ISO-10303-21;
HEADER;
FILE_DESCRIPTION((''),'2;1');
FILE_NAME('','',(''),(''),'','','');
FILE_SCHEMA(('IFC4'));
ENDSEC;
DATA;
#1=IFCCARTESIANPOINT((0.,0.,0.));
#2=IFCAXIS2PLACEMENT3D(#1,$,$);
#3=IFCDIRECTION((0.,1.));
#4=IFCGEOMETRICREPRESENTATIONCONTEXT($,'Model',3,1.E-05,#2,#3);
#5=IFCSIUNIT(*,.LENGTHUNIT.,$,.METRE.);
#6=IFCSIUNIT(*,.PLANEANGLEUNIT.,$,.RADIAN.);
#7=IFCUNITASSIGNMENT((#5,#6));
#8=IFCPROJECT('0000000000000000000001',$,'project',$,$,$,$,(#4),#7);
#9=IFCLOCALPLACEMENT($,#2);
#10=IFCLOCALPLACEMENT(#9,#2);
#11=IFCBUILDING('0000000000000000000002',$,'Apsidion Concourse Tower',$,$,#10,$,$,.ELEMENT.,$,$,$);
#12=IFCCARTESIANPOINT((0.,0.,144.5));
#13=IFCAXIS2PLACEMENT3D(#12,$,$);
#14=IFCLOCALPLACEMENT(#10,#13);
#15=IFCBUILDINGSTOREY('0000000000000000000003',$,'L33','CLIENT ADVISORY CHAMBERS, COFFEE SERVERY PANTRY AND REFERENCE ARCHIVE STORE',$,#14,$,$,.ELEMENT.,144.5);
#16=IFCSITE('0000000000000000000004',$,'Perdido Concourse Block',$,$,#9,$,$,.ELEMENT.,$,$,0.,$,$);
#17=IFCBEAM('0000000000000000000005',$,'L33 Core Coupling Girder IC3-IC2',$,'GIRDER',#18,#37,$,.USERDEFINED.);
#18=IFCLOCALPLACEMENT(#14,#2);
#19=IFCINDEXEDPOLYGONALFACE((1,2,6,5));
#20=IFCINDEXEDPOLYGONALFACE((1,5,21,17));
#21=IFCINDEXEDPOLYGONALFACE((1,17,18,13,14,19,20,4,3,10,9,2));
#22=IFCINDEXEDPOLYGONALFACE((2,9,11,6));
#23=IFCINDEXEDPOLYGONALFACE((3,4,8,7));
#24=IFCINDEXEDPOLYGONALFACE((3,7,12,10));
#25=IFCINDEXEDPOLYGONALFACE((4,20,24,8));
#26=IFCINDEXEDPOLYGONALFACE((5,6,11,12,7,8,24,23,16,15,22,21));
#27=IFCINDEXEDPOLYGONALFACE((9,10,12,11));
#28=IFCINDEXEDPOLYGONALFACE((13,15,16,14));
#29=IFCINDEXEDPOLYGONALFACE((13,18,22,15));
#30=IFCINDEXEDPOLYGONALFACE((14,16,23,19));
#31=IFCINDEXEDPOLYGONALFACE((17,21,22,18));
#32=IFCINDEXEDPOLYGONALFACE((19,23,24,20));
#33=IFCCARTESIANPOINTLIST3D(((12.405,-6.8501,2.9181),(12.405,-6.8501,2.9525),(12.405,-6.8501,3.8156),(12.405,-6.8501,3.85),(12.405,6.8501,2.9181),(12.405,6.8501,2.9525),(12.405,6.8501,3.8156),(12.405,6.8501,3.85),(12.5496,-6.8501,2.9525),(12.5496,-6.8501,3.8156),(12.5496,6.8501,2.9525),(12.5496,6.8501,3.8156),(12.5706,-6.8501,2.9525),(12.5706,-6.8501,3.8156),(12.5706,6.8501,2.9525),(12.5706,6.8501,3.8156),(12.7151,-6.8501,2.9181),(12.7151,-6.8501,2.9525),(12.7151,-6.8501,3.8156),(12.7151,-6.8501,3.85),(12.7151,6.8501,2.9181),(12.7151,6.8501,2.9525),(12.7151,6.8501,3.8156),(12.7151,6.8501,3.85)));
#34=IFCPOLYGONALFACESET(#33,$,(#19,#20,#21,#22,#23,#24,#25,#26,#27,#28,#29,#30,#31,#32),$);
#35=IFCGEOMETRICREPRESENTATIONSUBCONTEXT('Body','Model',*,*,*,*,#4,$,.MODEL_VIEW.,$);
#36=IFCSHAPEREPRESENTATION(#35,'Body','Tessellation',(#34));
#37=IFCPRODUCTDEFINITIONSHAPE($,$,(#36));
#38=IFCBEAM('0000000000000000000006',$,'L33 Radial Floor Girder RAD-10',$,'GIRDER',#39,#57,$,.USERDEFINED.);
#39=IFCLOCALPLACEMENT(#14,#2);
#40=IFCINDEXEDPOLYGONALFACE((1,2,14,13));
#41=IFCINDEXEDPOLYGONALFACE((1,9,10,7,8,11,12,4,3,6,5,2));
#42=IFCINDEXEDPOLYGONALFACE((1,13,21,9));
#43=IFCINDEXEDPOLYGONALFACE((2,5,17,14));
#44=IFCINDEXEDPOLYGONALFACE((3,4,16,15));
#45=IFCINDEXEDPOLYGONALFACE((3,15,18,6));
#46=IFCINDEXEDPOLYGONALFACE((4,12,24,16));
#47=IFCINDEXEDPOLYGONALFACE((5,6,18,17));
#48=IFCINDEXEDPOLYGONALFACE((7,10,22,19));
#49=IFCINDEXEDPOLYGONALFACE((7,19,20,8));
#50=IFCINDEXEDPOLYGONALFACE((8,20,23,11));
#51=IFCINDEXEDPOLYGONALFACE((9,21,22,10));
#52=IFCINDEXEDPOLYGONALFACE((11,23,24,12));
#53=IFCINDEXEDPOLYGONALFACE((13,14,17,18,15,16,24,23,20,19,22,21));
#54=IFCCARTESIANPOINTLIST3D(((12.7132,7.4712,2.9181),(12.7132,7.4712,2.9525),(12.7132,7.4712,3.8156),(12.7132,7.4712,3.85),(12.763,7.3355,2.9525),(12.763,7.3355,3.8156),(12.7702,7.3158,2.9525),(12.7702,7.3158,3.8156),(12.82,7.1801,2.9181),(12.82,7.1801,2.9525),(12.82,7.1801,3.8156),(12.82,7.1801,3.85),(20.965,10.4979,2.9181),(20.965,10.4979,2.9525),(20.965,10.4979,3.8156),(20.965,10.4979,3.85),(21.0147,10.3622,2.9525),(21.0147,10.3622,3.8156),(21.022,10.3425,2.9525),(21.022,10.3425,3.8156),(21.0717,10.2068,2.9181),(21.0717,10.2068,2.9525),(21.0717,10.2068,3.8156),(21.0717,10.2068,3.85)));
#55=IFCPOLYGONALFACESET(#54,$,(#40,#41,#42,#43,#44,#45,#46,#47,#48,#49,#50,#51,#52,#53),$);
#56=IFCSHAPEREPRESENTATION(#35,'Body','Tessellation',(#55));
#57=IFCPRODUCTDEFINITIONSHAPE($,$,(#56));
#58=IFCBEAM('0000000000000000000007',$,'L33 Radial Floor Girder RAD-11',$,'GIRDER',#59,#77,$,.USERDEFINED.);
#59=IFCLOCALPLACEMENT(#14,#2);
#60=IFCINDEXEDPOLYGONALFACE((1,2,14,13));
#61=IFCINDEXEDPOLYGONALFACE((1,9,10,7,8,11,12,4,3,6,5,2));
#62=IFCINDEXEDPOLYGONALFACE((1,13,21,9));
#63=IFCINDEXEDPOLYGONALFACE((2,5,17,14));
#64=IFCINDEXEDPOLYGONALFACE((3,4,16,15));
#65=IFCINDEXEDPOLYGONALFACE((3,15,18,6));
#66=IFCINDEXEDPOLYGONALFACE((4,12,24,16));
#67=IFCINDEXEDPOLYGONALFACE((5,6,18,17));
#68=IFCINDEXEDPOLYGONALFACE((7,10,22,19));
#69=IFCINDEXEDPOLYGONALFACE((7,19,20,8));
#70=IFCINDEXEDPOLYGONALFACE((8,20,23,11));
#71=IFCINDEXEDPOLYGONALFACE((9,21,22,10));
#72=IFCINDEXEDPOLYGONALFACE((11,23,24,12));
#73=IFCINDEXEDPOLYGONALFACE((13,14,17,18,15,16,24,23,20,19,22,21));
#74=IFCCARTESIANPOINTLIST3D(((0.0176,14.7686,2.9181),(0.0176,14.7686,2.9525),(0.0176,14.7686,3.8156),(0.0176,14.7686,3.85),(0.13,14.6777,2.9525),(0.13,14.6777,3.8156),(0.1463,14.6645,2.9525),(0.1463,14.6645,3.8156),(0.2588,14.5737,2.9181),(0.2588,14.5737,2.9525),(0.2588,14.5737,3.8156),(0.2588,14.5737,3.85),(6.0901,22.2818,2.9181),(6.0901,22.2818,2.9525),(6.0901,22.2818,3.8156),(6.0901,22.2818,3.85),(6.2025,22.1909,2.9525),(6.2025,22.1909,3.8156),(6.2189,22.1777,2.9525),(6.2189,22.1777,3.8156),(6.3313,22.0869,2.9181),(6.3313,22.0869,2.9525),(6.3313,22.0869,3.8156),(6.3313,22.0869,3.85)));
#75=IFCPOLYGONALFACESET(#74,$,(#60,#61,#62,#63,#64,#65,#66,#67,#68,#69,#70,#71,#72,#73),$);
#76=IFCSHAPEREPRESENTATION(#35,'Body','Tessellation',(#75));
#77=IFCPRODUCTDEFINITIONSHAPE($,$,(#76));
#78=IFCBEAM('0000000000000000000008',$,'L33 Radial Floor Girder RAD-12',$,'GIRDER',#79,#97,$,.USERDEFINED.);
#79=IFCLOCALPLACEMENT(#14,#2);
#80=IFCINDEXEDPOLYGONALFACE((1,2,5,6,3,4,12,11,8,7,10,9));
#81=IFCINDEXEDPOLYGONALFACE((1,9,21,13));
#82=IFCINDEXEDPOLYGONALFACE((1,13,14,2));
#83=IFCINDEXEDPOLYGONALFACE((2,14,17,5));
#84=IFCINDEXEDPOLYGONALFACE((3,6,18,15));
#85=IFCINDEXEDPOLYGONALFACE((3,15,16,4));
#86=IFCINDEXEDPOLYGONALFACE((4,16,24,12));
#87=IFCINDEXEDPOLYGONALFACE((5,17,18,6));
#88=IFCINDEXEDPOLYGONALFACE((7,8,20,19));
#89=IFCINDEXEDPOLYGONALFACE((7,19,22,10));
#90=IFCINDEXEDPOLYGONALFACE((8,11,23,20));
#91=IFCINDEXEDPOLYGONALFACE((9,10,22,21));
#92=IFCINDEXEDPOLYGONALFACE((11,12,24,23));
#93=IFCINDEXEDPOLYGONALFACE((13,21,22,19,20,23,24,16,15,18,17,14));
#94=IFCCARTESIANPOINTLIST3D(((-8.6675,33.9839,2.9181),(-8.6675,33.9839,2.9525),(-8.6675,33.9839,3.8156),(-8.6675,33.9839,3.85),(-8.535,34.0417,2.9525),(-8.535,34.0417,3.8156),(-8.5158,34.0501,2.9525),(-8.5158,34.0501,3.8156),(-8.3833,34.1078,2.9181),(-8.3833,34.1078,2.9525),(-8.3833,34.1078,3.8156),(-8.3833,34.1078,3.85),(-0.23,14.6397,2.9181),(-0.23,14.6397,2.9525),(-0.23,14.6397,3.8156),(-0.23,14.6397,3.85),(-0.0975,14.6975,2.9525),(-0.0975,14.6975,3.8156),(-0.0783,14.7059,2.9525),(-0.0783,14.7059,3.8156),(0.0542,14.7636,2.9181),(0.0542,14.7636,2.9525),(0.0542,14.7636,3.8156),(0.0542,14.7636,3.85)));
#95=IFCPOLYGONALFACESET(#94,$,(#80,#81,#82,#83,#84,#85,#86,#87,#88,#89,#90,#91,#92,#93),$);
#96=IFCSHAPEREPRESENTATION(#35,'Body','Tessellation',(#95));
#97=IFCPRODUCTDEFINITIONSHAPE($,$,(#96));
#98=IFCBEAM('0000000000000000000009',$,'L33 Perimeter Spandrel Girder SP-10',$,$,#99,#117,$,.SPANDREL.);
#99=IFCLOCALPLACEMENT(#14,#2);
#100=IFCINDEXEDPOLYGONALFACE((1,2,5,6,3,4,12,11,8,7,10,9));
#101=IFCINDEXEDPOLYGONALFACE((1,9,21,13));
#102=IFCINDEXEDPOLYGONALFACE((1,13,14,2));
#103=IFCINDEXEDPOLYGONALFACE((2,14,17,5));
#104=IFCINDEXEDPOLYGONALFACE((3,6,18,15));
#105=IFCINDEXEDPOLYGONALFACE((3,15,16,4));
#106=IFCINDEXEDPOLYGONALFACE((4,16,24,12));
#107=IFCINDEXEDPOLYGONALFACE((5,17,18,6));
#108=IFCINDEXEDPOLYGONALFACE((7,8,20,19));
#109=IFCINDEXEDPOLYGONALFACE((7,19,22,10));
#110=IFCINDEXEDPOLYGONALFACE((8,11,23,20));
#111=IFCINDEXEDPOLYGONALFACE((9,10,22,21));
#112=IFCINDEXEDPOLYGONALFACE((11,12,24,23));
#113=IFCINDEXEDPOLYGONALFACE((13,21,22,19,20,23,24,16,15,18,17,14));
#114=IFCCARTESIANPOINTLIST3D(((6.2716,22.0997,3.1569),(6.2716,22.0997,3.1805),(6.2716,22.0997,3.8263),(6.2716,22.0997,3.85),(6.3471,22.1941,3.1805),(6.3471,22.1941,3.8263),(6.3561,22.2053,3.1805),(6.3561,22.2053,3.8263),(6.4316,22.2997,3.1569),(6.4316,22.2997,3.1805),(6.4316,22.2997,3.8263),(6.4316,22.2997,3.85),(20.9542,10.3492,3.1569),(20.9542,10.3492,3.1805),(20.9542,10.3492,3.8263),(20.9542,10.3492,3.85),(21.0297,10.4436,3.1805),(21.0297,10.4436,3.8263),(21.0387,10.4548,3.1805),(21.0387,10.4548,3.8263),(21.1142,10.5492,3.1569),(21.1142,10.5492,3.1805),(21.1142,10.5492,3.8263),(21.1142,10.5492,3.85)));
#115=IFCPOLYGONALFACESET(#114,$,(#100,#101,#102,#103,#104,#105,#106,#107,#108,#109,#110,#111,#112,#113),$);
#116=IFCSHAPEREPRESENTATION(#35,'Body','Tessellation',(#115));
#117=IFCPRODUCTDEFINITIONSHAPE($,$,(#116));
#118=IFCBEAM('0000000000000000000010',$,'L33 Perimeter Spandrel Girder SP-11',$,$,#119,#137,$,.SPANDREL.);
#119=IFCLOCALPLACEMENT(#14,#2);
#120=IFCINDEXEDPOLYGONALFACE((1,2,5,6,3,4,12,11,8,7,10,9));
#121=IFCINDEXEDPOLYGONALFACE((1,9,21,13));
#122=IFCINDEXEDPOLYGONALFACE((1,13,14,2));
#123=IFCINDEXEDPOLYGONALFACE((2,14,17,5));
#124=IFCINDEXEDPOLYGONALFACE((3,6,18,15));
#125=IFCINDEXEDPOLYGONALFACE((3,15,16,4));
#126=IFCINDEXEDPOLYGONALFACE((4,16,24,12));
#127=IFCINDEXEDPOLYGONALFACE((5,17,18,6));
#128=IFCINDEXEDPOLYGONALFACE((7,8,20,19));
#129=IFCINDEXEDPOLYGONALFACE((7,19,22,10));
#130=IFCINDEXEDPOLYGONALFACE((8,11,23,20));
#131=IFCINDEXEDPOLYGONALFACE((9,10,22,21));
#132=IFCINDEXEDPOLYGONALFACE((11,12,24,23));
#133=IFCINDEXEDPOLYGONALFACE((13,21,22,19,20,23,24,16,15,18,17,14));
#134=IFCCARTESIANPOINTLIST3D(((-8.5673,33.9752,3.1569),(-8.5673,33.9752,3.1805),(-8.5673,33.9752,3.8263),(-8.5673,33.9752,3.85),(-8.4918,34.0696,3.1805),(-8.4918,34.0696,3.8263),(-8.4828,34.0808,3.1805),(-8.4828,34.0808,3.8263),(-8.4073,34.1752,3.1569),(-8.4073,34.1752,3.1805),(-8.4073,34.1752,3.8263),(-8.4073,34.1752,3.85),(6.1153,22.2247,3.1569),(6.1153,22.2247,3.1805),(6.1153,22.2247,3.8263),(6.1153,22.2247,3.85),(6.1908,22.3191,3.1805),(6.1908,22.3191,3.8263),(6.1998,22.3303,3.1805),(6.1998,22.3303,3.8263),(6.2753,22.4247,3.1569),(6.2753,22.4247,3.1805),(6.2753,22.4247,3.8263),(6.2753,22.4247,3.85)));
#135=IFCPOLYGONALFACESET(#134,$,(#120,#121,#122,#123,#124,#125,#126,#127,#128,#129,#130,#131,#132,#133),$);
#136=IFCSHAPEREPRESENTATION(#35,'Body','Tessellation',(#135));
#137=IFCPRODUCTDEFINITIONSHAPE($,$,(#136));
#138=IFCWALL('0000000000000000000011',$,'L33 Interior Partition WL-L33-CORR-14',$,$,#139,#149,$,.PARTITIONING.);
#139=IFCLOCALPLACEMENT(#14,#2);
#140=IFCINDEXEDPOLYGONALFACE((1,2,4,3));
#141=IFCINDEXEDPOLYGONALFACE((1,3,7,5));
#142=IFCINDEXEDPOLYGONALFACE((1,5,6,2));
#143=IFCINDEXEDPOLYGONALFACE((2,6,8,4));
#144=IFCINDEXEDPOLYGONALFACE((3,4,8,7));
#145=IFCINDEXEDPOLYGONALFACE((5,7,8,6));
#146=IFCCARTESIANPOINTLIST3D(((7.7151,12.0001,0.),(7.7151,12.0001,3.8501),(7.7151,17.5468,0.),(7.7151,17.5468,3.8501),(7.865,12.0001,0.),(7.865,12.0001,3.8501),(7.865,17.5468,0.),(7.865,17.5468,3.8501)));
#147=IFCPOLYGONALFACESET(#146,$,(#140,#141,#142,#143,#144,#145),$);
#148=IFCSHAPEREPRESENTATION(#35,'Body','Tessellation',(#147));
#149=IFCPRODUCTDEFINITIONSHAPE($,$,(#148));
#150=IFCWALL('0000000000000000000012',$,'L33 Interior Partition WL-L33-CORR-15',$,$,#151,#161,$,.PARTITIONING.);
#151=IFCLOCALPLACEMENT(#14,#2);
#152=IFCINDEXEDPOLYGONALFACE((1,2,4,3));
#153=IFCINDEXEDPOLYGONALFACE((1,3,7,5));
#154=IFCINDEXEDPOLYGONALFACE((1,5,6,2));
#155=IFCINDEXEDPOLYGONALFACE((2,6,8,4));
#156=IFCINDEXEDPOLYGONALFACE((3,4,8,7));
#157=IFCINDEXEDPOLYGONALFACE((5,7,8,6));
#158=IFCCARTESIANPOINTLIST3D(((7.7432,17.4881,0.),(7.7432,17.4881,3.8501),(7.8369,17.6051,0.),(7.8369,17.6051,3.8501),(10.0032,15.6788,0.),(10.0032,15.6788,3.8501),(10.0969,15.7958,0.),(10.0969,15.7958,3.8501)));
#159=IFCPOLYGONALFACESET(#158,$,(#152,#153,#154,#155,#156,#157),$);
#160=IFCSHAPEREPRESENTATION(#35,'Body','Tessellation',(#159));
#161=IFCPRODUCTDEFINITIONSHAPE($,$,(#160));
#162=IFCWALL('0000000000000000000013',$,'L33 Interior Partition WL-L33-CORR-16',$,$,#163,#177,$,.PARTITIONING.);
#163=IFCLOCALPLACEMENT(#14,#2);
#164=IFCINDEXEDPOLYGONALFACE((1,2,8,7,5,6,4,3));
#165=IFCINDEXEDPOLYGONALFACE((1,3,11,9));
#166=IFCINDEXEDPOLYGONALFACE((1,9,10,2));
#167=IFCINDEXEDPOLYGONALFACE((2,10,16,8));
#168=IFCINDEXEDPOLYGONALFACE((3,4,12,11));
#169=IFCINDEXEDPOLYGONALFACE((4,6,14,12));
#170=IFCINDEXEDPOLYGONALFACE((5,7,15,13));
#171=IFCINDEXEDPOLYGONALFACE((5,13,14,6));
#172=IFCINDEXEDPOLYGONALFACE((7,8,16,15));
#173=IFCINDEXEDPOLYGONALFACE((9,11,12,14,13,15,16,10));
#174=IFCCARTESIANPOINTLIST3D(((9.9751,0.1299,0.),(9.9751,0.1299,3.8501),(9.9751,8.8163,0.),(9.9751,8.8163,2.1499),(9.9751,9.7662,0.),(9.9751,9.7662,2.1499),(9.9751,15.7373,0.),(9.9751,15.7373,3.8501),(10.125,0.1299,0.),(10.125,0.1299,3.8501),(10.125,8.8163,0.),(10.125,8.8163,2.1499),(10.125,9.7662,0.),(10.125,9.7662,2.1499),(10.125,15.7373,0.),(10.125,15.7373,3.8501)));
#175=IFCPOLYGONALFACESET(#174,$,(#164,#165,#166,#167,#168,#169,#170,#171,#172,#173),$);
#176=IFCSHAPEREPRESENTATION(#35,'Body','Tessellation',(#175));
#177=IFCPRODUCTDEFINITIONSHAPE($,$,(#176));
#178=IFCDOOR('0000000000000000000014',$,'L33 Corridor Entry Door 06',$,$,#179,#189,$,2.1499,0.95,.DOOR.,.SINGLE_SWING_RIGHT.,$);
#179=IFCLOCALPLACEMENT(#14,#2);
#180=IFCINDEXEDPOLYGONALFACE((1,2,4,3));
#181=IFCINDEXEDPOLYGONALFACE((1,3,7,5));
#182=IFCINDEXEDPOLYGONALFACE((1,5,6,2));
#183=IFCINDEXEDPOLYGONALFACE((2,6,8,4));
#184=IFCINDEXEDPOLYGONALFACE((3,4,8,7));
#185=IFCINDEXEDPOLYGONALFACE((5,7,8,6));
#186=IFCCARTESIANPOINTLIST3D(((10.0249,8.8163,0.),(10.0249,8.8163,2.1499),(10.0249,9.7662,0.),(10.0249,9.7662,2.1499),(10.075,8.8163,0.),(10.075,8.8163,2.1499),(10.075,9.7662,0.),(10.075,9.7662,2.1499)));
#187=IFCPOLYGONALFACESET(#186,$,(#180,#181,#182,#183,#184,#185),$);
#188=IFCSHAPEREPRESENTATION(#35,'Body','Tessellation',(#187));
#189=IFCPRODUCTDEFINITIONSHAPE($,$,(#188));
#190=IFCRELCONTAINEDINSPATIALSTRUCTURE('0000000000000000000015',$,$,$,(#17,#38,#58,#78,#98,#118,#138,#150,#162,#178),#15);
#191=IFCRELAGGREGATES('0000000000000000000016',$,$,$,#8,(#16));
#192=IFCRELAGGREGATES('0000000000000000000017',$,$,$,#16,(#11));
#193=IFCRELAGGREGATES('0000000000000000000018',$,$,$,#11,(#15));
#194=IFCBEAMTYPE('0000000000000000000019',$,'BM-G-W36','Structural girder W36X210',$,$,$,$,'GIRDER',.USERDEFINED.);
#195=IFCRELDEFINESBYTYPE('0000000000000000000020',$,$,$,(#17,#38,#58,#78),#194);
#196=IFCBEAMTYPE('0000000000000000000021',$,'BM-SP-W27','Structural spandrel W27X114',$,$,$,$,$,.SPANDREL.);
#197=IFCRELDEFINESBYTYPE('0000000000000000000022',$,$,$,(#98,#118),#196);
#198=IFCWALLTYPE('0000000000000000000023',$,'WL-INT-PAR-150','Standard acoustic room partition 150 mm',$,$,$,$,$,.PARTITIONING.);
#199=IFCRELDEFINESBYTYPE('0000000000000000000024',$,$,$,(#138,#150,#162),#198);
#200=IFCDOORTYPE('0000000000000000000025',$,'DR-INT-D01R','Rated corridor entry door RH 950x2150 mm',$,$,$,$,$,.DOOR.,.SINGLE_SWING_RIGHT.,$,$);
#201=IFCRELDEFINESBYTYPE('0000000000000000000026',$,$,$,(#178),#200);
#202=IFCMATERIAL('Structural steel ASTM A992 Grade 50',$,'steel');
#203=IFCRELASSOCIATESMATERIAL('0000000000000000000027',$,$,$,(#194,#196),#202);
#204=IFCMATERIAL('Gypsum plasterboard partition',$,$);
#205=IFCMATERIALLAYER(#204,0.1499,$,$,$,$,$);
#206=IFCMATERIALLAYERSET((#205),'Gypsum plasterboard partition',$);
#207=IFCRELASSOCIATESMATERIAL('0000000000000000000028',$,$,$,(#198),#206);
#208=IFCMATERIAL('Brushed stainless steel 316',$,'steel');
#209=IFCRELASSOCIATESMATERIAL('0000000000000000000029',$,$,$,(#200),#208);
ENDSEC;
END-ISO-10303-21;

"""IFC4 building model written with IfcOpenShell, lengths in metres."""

from ifc_helpers import new_model, si_unit, direction, frame, frame_2d, origin, origin_2d, place, context, subcontext, project, spatial, rectangle, i_section, extrude, material, layer, layer_set, material_profile, profile_set, type_object, element, fill, save


model = new_model("IFC4")

# Units and contexts
model_context = context("Model", 3, precision=1e-05, world=origin(), true_north=direction((0.0, 1.0)))
body_context = subcontext(model_context, "Body", "Model", "MODEL_VIEW")
ifc_project = project(units=[si_unit("LENGTHUNIT", "METRE"), si_unit("PLANEANGLEUNIT", "RADIAN")], contexts=[model_context])

# Site, building, storey
site_placement = place(None, origin())
site = spatial("IfcSite", under=ifc_project, at=site_placement, Name="Perdido Concourse Block", CompositionType="ELEMENT", RefElevation=0.0)
building_placement = place(site_placement, origin())
building = spatial("IfcBuilding", under=site, at=building_placement, Name="Apsidion Concourse Tower", CompositionType="ELEMENT")
storey_placement = place(building_placement, frame((0.0, 0.0, 144.5)))
storey = spatial("IfcBuildingStorey", under=building, at=storey_placement, Name="L33", Description="CLIENT ADVISORY CHAMBERS, COFFEE SERVERY PANTRY AND REFERENCE ARCHIVE STORE", CompositionType="ELEMENT", Elevation=144.5)

# Shared definitions
ifc_material_1 = material(Name="Structural steel ASTM A992 Grade 50", Category="steel")

# Beams
ifc_material_profile_1 = material_profile(ifc_material_1, i_section(OverallWidth=0.3101, OverallDepth=0.9319, WebThickness=0.021, FlangeThickness=0.0344, at=origin_2d()), Name="W36X210")
ifc_profile_set_1 = profile_set([ifc_material_profile_1], Name="Structural steel ASTM A992 Grade 50")
beam_type_1 = type_object("IfcBeamType", Name="BM-G-W36", Description="Structural girder W36X210", ElementType="GIRDER", PredefinedType="USERDEFINED", material=ifc_profile_set_1)
beam_1_placement = place(storey_placement, frame((12.5601, 6.8501, 3.384), z_axis=(0.0, -1.0, 0.0), x_axis=(1.0, 0.0, 0.0)))
element("IfcBeam", 1, at=beam_1_placement, inside=storey, type_object=beam_type_1, Name="L33 Core Coupling Girder IC3-IC2", ObjectType="GIRDER", PredefinedType="USERDEFINED", context=body_context, shape_type="SweptSolid", body=[
    extrude(i_section(OverallWidth=0.3101, OverallDepth=0.9319, WebThickness=0.021, FlangeThickness=0.0344, at=origin_2d()), origin(), (0.0, 0.0, 1.0), 13.7002),
])
beam_2_placement = place(storey_placement, frame((12.7666, 7.3257, 3.384), z_axis=(0.93884, 0.344353, 0.0), x_axis=(-0.344353, 0.93884, 0.0)))
element("IfcBeam", 2, at=beam_2_placement, inside=storey, type_object=beam_type_1, Name="L33 Radial Floor Girder RAD-10", ObjectType="GIRDER", PredefinedType="USERDEFINED", context=body_context, shape_type="SweptSolid", body=[
    extrude(i_section(OverallWidth=0.3101, OverallDepth=0.9319, WebThickness=0.021, FlangeThickness=0.0344, at=origin_2d()), origin(), (0.0, 0.0, 1.0), 8.7893),
])
beam_3_placement = place(storey_placement, frame((0.1382, 14.6711, 3.384), z_axis=(0.628598, 0.77773, 0.0), x_axis=(-0.77773, 0.628598, 0.0)))
element("IfcBeam", 3, at=beam_3_placement, inside=storey, type_object=beam_type_1, Name="L33 Radial Floor Girder RAD-11", ObjectType="GIRDER", PredefinedType="USERDEFINED", context=body_context, shape_type="SweptSolid", body=[
    extrude(i_section(OverallWidth=0.3101, OverallDepth=0.9319, WebThickness=0.021, FlangeThickness=0.0344, at=origin_2d()), origin(), (0.0, 0.0, 1.0), 9.6604),
])
beam_4_placement = place(storey_placement, frame((-0.0879, 14.7017, 3.384), z_axis=(-0.3998, 0.916602, 0.0), x_axis=(-0.916602, -0.3998, 0.0)))
element("IfcBeam", 4, at=beam_4_placement, inside=storey, type_object=beam_type_1, Name="L33 Radial Floor Girder RAD-12", ObjectType="GIRDER", PredefinedType="USERDEFINED", context=body_context, shape_type="SweptSolid", body=[
    extrude(i_section(OverallWidth=0.3101, OverallDepth=0.9319, WebThickness=0.021, FlangeThickness=0.0344, at=origin_2d()), origin(), (0.0, 0.0, 1.0), 21.1042),
])
ifc_material_profile_2 = material_profile(ifc_material_1, i_section(OverallWidth=0.2561, OverallDepth=0.6931, WebThickness=0.0144, FlangeThickness=0.0237, at=origin_2d()), Name="W27X114")
ifc_profile_set_2 = profile_set([ifc_material_profile_2], Name="Structural steel ASTM A992 Grade 50")
beam_type_2 = type_object("IfcBeamType", Name="BM-SP-W27", Description="Structural spandrel W27X114", PredefinedType="SPANDREL", material=ifc_profile_set_2)
for number, where, z_axis, x_axis, name in (
    (5, (21.0342, 10.4492, 3.5034), (-0.780755, 0.624838, 0.0), (-0.624838, -0.780755, 0.0), "L33 Perimeter Spandrel Girder SP-10"),
    (6, (6.1953, 22.3247, 3.5034), (-0.780755, 0.624838, 0.0), (-0.624838, -0.780755, 0.0), "L33 Perimeter Spandrel Girder SP-11"),
):
    element("IfcBeam", number, at=place(storey_placement, frame(where, z_axis=z_axis, x_axis=x_axis)), inside=storey, type_object=beam_type_2, Name=name, PredefinedType="SPANDREL", context=body_context, shape_type="SweptSolid", body=[
        extrude(i_section(OverallWidth=0.2561, OverallDepth=0.6931, WebThickness=0.0144, FlangeThickness=0.0237, at=origin_2d()), origin(), (0.0, 0.0, 1.0), 18.8057),
    ])

# Walls
ifc_material_2 = material(Name="Gypsum plasterboard partition")
ifc_layer = layer(ifc_material_2, 0.1499)
ifc_layer_set = layer_set([ifc_layer], Name="Gypsum plasterboard partition")
wall_type = type_object("IfcWallType", Name="WL-INT-PAR-150", Description="Standard acoustic room partition 150 mm", PredefinedType="PARTITIONING", material=ifc_layer_set)
wall_1_placement = place(storey_placement, frame((7.79, 12.0, 0.0), z_axis=(0.0, 0.0, 1.0), x_axis=(0.0, 1.0, 0.0)))
element("IfcWall", 7, at=wall_1_placement, inside=storey, type_object=wall_type, Name="L33 Interior Partition WL-L33-CORR-14", PredefinedType="PARTITIONING", context=body_context, shape_type="SweptSolid", body=[
    extrude(rectangle(XDim=5.5466, YDim=0.1499, at=frame_2d((2.7734, 0.0))), origin(), (0.0, 0.0, 1.0), 3.8501),
])
wall_2_placement = place(storey_placement, frame((7.79, 17.5466, 0.0), z_axis=(0.0, 0.0, 1.0), x_axis=(0.780647, -0.624973, 0.0)))
element("IfcWall", 8, at=wall_2_placement, inside=storey, type_object=wall_type, Name="L33 Interior Partition WL-L33-CORR-15", PredefinedType="PARTITIONING", context=body_context, shape_type="SweptSolid", body=[
    extrude(rectangle(XDim=2.895, YDim=0.1499, at=frame_2d((1.4475, 0.0))), origin(), (0.0, 0.0, 1.0), 3.8501),
])

# Wall, opening, door
wall_3_placement = place(storey_placement, frame((10.05, 15.7373, 0.0), z_axis=(0.0, 0.0, 1.0), x_axis=(0.0, -1.0, 0.0)))
wall_3 = element("IfcWall", 9, at=wall_3_placement, inside=storey, type_object=wall_type, Name="L33 Interior Partition WL-L33-CORR-16", PredefinedType="PARTITIONING", context=body_context, shape_type="SweptSolid", body=[
    extrude(rectangle(XDim=15.6074, YDim=0.1499, at=frame_2d((7.8037, 0.0))), origin(), (0.0, 0.0, 1.0), 3.8501),
])
opening_placement = place(wall_3_placement, frame((5.9709, 0.0, 0.0)))
opening = element("IfcOpeningElement", 10, at=opening_placement, cuts=wall_3, PredefinedType="OPENING", context=body_context, shape_type="SweptSolid", body=[
    extrude(rectangle(XDim=0.95, YDim=2.1499, at=frame_2d((0.4751, 1.075))), frame((0.0, 0.085, 0.0), z_axis=(0.0, -1.0, 0.0), x_axis=(1.0, 0.0, 0.0)), (0.0, 0.0, 1.0), 0.1699),
])
ifc_material_3 = material(Name="Brushed stainless steel 316", Category="steel")
door_type = type_object("IfcDoorType", Name="DR-INT-D01R", Description="Rated corridor entry door RH 950x2150 mm", OperationType="SINGLE_SWING_RIGHT", PredefinedType="DOOR", material=ifc_material_3)
door_placement = place(opening_placement, origin())
door = element("IfcDoor", 11, at=door_placement, inside=storey, type_object=door_type, Name="L33 Corridor Entry Door 06", OperationType="SINGLE_SWING_RIGHT", OverallHeight=2.1499, OverallWidth=0.95, PredefinedType="DOOR", context=body_context, shape_type="SweptSolid", body=[
    extrude(rectangle(XDim=0.95, YDim=2.1499, at=frame_2d((0.4751, 1.075))), frame((0.0, 0.0249, 0.0), z_axis=(0.0, -1.0, 0.0), x_axis=(1.0, 0.0, 0.0)), (0.0, 0.0, 1.0), 0.05),
])
fill(opening, door)

save(model, "model.ifc")
